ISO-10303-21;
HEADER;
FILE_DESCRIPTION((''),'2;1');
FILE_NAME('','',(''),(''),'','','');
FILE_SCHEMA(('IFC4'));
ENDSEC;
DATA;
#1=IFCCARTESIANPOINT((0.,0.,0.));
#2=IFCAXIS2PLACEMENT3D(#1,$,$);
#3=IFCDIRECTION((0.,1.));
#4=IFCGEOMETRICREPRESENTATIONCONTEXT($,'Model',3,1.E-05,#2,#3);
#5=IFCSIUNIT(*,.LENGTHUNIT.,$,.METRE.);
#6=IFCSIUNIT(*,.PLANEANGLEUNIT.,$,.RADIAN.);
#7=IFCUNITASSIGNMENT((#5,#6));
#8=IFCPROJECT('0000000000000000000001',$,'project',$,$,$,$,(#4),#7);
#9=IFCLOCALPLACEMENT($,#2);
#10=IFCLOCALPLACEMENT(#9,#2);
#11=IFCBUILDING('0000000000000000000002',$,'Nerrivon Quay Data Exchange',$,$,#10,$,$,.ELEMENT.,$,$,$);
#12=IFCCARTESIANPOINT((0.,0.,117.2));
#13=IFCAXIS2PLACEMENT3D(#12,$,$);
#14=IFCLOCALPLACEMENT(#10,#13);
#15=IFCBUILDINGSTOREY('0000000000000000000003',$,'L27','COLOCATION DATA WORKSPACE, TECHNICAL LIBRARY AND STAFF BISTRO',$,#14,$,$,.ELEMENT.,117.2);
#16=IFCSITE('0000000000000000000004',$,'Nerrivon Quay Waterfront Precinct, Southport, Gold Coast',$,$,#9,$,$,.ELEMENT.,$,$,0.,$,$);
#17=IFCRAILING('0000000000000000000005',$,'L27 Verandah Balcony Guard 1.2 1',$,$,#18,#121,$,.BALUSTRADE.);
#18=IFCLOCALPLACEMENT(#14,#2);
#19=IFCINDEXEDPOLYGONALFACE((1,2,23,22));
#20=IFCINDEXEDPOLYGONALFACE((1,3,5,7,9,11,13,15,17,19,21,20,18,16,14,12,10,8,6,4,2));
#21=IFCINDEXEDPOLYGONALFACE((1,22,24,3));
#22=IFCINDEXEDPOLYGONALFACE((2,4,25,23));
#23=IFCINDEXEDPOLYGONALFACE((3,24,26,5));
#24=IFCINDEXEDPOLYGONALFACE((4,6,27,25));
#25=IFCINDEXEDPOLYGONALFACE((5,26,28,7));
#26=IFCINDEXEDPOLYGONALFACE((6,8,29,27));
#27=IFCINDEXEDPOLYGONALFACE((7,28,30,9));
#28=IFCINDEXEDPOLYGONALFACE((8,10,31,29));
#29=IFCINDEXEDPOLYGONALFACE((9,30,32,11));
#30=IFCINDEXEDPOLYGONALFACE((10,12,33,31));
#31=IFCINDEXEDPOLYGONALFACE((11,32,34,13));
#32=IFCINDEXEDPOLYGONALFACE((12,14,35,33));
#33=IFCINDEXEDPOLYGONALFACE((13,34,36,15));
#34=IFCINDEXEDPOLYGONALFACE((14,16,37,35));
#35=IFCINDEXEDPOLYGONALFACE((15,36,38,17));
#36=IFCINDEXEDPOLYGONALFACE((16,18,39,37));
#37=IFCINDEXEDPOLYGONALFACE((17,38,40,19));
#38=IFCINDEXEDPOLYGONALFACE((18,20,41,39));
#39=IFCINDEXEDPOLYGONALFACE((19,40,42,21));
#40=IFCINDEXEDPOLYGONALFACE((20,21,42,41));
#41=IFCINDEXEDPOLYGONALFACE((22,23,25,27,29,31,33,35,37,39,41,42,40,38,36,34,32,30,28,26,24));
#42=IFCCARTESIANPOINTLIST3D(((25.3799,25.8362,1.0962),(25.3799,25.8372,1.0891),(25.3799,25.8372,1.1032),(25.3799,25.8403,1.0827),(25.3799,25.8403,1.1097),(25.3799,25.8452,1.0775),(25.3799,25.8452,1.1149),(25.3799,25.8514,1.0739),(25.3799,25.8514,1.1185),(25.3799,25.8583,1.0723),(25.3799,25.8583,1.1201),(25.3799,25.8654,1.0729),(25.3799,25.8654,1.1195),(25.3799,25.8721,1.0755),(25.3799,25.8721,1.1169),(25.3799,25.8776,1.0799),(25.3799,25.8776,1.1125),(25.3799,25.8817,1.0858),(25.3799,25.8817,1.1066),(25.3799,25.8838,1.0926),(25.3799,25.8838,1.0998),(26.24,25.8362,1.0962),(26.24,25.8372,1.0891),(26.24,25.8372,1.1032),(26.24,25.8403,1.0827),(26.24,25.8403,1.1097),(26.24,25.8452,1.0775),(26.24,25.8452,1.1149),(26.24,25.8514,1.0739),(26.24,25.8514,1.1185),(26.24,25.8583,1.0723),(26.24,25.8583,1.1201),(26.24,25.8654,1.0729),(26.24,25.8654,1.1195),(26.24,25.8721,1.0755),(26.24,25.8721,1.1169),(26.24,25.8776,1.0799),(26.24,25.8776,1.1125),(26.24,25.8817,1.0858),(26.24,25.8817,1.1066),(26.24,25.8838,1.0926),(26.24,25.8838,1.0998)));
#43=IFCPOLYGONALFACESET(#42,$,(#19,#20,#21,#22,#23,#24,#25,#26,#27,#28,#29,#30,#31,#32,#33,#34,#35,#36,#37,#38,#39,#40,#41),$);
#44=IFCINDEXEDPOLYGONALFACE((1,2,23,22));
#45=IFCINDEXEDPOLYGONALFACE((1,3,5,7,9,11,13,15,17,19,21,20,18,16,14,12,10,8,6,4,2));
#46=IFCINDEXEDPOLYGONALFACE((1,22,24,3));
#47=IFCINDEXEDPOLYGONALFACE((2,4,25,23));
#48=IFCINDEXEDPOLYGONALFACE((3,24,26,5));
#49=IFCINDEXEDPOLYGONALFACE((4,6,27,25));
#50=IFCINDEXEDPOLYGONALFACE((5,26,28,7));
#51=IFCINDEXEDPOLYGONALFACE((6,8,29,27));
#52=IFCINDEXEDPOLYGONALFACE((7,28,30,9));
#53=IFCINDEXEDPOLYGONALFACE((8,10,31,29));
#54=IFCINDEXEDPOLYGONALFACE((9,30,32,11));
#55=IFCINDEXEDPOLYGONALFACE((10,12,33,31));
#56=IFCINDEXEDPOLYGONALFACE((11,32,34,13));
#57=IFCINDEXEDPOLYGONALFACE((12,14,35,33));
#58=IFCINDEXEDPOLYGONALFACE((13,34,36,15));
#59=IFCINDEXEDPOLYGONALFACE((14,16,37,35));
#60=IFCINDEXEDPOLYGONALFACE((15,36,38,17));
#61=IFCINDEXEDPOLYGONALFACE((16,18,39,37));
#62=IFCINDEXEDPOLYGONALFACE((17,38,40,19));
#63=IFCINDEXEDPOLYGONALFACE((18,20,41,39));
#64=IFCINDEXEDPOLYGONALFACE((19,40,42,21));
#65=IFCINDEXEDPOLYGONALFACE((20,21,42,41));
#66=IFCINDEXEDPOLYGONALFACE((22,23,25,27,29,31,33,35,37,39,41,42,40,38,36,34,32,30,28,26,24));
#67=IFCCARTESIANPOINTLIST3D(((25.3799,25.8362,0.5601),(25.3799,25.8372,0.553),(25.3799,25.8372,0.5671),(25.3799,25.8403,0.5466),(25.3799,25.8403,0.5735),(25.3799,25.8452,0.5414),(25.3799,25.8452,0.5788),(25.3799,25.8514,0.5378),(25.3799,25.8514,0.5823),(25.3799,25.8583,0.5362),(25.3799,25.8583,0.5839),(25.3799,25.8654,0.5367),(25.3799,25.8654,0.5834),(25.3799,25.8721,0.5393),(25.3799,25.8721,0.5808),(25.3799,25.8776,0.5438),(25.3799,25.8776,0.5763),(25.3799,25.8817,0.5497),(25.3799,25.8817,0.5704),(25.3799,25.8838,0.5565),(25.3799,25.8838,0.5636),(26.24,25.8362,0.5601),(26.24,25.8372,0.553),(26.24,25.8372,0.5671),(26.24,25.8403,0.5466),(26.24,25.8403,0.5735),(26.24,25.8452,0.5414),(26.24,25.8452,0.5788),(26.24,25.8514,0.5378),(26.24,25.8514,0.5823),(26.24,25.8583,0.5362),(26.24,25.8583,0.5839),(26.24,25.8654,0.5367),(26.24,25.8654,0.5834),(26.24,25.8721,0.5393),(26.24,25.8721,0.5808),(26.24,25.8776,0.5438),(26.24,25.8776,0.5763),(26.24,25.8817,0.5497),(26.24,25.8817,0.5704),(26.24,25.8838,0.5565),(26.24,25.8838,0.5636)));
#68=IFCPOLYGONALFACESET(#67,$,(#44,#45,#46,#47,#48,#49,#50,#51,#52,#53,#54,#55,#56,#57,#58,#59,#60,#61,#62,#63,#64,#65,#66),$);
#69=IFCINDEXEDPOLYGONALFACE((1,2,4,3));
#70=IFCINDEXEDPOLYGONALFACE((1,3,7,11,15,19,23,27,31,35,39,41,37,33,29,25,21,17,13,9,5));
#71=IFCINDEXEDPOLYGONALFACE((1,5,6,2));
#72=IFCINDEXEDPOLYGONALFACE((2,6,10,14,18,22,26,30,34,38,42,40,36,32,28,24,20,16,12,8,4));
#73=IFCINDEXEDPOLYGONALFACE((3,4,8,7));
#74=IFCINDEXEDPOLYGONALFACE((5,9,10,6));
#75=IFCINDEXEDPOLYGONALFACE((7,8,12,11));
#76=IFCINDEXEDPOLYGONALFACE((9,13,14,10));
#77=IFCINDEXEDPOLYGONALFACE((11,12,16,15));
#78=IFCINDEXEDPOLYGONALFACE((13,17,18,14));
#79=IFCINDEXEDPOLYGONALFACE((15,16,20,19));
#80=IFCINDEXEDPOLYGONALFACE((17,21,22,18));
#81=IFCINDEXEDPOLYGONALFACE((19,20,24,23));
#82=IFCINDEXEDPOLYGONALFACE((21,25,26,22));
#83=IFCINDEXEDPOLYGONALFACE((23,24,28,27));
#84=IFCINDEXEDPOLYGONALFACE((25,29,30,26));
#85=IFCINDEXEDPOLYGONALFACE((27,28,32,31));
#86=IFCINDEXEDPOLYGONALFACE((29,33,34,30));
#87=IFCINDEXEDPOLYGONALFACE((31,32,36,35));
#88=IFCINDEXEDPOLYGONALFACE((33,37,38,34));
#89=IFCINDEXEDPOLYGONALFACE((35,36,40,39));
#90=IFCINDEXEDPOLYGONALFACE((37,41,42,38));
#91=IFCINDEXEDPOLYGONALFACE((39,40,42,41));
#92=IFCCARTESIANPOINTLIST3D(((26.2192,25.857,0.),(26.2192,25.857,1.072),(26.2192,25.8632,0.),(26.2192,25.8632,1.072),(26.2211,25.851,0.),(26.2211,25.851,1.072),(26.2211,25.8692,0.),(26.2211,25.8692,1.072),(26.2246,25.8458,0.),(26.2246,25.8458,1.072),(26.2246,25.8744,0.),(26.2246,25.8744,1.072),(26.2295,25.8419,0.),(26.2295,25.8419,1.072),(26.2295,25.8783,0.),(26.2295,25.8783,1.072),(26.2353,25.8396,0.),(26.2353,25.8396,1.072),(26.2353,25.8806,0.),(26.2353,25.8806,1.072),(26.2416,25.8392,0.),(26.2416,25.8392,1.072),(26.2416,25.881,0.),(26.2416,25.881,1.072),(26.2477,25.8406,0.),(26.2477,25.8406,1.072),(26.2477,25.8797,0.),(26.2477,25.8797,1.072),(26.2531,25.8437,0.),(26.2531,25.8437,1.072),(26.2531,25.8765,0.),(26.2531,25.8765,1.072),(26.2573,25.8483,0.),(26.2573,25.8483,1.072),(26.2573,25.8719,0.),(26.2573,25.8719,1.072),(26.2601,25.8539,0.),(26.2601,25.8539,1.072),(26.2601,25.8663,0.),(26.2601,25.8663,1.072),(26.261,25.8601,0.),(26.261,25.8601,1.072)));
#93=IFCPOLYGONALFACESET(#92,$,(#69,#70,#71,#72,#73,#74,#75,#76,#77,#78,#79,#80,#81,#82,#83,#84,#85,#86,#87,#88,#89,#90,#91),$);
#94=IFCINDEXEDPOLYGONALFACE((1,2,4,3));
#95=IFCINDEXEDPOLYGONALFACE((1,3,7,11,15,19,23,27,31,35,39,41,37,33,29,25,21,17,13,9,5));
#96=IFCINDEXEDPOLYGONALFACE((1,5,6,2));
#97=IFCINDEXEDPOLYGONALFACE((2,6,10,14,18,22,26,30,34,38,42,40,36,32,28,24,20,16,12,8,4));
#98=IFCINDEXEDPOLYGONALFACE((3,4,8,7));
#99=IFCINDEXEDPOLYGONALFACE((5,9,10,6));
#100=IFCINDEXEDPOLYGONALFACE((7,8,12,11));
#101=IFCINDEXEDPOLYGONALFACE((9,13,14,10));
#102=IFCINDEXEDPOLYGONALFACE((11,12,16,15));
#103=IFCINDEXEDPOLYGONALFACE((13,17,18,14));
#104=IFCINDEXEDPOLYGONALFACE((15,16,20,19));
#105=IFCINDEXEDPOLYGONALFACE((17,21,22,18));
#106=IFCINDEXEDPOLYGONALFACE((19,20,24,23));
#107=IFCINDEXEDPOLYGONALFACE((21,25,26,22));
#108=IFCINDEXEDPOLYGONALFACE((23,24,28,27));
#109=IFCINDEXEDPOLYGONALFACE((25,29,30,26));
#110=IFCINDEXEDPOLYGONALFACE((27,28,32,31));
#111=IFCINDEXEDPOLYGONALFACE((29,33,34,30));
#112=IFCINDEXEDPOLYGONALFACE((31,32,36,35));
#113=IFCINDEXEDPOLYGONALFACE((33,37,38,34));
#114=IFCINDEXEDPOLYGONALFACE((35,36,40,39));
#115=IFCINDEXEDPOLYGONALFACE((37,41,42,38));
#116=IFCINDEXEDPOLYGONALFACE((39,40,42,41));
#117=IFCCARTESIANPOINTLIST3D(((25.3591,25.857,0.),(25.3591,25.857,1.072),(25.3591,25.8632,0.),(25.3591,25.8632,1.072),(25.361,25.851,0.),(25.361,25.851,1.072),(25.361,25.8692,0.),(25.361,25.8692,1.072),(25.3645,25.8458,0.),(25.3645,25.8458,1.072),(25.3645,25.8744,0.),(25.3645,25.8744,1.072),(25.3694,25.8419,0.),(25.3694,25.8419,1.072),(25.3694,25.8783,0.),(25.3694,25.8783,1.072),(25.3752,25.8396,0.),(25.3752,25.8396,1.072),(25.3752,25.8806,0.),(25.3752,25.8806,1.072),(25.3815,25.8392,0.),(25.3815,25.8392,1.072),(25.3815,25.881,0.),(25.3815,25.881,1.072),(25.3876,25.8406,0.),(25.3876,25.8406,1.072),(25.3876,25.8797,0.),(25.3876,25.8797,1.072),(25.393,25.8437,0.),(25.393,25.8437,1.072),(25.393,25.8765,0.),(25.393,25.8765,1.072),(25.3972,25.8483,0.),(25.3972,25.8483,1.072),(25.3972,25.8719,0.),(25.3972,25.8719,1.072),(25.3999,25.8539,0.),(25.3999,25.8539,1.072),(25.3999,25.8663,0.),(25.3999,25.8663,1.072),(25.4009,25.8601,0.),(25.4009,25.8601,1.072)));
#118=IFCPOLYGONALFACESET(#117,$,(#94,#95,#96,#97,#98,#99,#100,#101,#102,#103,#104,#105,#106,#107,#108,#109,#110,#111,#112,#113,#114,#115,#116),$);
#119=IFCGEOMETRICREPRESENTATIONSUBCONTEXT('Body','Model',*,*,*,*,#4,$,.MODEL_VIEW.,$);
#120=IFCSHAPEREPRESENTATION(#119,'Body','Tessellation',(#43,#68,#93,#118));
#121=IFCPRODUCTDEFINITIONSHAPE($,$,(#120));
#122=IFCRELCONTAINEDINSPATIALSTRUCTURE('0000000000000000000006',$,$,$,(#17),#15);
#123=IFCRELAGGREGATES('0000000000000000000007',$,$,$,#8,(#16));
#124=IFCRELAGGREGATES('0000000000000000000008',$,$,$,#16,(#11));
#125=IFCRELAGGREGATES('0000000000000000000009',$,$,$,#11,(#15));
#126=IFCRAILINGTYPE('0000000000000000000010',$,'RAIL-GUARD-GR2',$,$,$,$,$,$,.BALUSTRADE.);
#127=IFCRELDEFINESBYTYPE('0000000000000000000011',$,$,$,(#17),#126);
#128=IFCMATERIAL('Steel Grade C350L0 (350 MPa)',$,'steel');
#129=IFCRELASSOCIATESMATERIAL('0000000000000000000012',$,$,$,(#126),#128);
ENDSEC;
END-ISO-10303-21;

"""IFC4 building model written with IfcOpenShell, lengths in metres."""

from ifc_helpers import new_model, si_unit, direction, frame, origin, origin_2d, place, context, subcontext, project, spatial, circle, extrude, material, type_object, element, save


model = new_model("IFC4")

# Units and contexts
model_context = context("Model", 3, precision=1e-05, world=origin(), true_north=direction((0.0, 1.0)))
body_context = subcontext(model_context, "Body", "Model", "MODEL_VIEW")
ifc_project = project(units=[si_unit("LENGTHUNIT", "METRE"), si_unit("PLANEANGLEUNIT", "RADIAN")], contexts=[model_context])

# Site, building, storey
site_placement = place(None, origin())
site = spatial("IfcSite", under=ifc_project, at=site_placement, Name="Nerrivon Quay Waterfront Precinct, Southport, Gold Coast", CompositionType="ELEMENT", RefElevation=0.0)
building_placement = place(site_placement, origin())
building = spatial("IfcBuilding", under=site, at=building_placement, Name="Nerrivon Quay Data Exchange", CompositionType="ELEMENT")
storey_placement = place(building_placement, frame((0.0, 0.0, 117.2)))
storey = spatial("IfcBuildingStorey", under=building, at=storey_placement, Name="L27", Description="COLOCATION DATA WORKSPACE, TECHNICAL LIBRARY AND STAFF BISTRO", CompositionType="ELEMENT", Elevation=117.2)

# Railing
ifc_material_1 = material(Name="Steel Grade C350L0 (350 MPa)", Category="steel")
railing_type = type_object("IfcRailingType", Name="RAIL-GUARD-GR2", PredefinedType="BALUSTRADE", material=ifc_material_1)
railing_placement = place(storey_placement, frame((26.24, 25.8601, 0.0)))
element("IfcRailing", 1, at=railing_placement, inside=storey, type_object=railing_type, Name="L27 Verandah Balcony Guard 1.2 1", PredefinedType="BALUSTRADE", context=body_context, shape_type="SweptSolid", body=[
    extrude(circle(Radius=0.0239, at=origin_2d()), frame((0.0, 0.0, 1.0962), z_axis=(-1.0, 0.0, 0.0), x_axis=(0.0, -1.0, 0.0)), (0.0, 0.0, 1.0), 0.8601),
    extrude(circle(Radius=0.0239, at=origin_2d()), frame((0.0, 0.0, 0.5601), z_axis=(-1.0, 0.0, 0.0), x_axis=(0.0, -1.0, 0.0)), (0.0, 0.0, 1.0), 0.8601),
    extrude(circle(Radius=0.021, at=origin_2d()), origin(), (0.0, 0.0, 1.0), 1.072),
    extrude(circle(Radius=0.021, at=origin_2d()), frame((-0.8601, 0.0, 0.0)), (0.0, 0.0, 1.0), 1.072),
])

save(model, "model.ifc")
